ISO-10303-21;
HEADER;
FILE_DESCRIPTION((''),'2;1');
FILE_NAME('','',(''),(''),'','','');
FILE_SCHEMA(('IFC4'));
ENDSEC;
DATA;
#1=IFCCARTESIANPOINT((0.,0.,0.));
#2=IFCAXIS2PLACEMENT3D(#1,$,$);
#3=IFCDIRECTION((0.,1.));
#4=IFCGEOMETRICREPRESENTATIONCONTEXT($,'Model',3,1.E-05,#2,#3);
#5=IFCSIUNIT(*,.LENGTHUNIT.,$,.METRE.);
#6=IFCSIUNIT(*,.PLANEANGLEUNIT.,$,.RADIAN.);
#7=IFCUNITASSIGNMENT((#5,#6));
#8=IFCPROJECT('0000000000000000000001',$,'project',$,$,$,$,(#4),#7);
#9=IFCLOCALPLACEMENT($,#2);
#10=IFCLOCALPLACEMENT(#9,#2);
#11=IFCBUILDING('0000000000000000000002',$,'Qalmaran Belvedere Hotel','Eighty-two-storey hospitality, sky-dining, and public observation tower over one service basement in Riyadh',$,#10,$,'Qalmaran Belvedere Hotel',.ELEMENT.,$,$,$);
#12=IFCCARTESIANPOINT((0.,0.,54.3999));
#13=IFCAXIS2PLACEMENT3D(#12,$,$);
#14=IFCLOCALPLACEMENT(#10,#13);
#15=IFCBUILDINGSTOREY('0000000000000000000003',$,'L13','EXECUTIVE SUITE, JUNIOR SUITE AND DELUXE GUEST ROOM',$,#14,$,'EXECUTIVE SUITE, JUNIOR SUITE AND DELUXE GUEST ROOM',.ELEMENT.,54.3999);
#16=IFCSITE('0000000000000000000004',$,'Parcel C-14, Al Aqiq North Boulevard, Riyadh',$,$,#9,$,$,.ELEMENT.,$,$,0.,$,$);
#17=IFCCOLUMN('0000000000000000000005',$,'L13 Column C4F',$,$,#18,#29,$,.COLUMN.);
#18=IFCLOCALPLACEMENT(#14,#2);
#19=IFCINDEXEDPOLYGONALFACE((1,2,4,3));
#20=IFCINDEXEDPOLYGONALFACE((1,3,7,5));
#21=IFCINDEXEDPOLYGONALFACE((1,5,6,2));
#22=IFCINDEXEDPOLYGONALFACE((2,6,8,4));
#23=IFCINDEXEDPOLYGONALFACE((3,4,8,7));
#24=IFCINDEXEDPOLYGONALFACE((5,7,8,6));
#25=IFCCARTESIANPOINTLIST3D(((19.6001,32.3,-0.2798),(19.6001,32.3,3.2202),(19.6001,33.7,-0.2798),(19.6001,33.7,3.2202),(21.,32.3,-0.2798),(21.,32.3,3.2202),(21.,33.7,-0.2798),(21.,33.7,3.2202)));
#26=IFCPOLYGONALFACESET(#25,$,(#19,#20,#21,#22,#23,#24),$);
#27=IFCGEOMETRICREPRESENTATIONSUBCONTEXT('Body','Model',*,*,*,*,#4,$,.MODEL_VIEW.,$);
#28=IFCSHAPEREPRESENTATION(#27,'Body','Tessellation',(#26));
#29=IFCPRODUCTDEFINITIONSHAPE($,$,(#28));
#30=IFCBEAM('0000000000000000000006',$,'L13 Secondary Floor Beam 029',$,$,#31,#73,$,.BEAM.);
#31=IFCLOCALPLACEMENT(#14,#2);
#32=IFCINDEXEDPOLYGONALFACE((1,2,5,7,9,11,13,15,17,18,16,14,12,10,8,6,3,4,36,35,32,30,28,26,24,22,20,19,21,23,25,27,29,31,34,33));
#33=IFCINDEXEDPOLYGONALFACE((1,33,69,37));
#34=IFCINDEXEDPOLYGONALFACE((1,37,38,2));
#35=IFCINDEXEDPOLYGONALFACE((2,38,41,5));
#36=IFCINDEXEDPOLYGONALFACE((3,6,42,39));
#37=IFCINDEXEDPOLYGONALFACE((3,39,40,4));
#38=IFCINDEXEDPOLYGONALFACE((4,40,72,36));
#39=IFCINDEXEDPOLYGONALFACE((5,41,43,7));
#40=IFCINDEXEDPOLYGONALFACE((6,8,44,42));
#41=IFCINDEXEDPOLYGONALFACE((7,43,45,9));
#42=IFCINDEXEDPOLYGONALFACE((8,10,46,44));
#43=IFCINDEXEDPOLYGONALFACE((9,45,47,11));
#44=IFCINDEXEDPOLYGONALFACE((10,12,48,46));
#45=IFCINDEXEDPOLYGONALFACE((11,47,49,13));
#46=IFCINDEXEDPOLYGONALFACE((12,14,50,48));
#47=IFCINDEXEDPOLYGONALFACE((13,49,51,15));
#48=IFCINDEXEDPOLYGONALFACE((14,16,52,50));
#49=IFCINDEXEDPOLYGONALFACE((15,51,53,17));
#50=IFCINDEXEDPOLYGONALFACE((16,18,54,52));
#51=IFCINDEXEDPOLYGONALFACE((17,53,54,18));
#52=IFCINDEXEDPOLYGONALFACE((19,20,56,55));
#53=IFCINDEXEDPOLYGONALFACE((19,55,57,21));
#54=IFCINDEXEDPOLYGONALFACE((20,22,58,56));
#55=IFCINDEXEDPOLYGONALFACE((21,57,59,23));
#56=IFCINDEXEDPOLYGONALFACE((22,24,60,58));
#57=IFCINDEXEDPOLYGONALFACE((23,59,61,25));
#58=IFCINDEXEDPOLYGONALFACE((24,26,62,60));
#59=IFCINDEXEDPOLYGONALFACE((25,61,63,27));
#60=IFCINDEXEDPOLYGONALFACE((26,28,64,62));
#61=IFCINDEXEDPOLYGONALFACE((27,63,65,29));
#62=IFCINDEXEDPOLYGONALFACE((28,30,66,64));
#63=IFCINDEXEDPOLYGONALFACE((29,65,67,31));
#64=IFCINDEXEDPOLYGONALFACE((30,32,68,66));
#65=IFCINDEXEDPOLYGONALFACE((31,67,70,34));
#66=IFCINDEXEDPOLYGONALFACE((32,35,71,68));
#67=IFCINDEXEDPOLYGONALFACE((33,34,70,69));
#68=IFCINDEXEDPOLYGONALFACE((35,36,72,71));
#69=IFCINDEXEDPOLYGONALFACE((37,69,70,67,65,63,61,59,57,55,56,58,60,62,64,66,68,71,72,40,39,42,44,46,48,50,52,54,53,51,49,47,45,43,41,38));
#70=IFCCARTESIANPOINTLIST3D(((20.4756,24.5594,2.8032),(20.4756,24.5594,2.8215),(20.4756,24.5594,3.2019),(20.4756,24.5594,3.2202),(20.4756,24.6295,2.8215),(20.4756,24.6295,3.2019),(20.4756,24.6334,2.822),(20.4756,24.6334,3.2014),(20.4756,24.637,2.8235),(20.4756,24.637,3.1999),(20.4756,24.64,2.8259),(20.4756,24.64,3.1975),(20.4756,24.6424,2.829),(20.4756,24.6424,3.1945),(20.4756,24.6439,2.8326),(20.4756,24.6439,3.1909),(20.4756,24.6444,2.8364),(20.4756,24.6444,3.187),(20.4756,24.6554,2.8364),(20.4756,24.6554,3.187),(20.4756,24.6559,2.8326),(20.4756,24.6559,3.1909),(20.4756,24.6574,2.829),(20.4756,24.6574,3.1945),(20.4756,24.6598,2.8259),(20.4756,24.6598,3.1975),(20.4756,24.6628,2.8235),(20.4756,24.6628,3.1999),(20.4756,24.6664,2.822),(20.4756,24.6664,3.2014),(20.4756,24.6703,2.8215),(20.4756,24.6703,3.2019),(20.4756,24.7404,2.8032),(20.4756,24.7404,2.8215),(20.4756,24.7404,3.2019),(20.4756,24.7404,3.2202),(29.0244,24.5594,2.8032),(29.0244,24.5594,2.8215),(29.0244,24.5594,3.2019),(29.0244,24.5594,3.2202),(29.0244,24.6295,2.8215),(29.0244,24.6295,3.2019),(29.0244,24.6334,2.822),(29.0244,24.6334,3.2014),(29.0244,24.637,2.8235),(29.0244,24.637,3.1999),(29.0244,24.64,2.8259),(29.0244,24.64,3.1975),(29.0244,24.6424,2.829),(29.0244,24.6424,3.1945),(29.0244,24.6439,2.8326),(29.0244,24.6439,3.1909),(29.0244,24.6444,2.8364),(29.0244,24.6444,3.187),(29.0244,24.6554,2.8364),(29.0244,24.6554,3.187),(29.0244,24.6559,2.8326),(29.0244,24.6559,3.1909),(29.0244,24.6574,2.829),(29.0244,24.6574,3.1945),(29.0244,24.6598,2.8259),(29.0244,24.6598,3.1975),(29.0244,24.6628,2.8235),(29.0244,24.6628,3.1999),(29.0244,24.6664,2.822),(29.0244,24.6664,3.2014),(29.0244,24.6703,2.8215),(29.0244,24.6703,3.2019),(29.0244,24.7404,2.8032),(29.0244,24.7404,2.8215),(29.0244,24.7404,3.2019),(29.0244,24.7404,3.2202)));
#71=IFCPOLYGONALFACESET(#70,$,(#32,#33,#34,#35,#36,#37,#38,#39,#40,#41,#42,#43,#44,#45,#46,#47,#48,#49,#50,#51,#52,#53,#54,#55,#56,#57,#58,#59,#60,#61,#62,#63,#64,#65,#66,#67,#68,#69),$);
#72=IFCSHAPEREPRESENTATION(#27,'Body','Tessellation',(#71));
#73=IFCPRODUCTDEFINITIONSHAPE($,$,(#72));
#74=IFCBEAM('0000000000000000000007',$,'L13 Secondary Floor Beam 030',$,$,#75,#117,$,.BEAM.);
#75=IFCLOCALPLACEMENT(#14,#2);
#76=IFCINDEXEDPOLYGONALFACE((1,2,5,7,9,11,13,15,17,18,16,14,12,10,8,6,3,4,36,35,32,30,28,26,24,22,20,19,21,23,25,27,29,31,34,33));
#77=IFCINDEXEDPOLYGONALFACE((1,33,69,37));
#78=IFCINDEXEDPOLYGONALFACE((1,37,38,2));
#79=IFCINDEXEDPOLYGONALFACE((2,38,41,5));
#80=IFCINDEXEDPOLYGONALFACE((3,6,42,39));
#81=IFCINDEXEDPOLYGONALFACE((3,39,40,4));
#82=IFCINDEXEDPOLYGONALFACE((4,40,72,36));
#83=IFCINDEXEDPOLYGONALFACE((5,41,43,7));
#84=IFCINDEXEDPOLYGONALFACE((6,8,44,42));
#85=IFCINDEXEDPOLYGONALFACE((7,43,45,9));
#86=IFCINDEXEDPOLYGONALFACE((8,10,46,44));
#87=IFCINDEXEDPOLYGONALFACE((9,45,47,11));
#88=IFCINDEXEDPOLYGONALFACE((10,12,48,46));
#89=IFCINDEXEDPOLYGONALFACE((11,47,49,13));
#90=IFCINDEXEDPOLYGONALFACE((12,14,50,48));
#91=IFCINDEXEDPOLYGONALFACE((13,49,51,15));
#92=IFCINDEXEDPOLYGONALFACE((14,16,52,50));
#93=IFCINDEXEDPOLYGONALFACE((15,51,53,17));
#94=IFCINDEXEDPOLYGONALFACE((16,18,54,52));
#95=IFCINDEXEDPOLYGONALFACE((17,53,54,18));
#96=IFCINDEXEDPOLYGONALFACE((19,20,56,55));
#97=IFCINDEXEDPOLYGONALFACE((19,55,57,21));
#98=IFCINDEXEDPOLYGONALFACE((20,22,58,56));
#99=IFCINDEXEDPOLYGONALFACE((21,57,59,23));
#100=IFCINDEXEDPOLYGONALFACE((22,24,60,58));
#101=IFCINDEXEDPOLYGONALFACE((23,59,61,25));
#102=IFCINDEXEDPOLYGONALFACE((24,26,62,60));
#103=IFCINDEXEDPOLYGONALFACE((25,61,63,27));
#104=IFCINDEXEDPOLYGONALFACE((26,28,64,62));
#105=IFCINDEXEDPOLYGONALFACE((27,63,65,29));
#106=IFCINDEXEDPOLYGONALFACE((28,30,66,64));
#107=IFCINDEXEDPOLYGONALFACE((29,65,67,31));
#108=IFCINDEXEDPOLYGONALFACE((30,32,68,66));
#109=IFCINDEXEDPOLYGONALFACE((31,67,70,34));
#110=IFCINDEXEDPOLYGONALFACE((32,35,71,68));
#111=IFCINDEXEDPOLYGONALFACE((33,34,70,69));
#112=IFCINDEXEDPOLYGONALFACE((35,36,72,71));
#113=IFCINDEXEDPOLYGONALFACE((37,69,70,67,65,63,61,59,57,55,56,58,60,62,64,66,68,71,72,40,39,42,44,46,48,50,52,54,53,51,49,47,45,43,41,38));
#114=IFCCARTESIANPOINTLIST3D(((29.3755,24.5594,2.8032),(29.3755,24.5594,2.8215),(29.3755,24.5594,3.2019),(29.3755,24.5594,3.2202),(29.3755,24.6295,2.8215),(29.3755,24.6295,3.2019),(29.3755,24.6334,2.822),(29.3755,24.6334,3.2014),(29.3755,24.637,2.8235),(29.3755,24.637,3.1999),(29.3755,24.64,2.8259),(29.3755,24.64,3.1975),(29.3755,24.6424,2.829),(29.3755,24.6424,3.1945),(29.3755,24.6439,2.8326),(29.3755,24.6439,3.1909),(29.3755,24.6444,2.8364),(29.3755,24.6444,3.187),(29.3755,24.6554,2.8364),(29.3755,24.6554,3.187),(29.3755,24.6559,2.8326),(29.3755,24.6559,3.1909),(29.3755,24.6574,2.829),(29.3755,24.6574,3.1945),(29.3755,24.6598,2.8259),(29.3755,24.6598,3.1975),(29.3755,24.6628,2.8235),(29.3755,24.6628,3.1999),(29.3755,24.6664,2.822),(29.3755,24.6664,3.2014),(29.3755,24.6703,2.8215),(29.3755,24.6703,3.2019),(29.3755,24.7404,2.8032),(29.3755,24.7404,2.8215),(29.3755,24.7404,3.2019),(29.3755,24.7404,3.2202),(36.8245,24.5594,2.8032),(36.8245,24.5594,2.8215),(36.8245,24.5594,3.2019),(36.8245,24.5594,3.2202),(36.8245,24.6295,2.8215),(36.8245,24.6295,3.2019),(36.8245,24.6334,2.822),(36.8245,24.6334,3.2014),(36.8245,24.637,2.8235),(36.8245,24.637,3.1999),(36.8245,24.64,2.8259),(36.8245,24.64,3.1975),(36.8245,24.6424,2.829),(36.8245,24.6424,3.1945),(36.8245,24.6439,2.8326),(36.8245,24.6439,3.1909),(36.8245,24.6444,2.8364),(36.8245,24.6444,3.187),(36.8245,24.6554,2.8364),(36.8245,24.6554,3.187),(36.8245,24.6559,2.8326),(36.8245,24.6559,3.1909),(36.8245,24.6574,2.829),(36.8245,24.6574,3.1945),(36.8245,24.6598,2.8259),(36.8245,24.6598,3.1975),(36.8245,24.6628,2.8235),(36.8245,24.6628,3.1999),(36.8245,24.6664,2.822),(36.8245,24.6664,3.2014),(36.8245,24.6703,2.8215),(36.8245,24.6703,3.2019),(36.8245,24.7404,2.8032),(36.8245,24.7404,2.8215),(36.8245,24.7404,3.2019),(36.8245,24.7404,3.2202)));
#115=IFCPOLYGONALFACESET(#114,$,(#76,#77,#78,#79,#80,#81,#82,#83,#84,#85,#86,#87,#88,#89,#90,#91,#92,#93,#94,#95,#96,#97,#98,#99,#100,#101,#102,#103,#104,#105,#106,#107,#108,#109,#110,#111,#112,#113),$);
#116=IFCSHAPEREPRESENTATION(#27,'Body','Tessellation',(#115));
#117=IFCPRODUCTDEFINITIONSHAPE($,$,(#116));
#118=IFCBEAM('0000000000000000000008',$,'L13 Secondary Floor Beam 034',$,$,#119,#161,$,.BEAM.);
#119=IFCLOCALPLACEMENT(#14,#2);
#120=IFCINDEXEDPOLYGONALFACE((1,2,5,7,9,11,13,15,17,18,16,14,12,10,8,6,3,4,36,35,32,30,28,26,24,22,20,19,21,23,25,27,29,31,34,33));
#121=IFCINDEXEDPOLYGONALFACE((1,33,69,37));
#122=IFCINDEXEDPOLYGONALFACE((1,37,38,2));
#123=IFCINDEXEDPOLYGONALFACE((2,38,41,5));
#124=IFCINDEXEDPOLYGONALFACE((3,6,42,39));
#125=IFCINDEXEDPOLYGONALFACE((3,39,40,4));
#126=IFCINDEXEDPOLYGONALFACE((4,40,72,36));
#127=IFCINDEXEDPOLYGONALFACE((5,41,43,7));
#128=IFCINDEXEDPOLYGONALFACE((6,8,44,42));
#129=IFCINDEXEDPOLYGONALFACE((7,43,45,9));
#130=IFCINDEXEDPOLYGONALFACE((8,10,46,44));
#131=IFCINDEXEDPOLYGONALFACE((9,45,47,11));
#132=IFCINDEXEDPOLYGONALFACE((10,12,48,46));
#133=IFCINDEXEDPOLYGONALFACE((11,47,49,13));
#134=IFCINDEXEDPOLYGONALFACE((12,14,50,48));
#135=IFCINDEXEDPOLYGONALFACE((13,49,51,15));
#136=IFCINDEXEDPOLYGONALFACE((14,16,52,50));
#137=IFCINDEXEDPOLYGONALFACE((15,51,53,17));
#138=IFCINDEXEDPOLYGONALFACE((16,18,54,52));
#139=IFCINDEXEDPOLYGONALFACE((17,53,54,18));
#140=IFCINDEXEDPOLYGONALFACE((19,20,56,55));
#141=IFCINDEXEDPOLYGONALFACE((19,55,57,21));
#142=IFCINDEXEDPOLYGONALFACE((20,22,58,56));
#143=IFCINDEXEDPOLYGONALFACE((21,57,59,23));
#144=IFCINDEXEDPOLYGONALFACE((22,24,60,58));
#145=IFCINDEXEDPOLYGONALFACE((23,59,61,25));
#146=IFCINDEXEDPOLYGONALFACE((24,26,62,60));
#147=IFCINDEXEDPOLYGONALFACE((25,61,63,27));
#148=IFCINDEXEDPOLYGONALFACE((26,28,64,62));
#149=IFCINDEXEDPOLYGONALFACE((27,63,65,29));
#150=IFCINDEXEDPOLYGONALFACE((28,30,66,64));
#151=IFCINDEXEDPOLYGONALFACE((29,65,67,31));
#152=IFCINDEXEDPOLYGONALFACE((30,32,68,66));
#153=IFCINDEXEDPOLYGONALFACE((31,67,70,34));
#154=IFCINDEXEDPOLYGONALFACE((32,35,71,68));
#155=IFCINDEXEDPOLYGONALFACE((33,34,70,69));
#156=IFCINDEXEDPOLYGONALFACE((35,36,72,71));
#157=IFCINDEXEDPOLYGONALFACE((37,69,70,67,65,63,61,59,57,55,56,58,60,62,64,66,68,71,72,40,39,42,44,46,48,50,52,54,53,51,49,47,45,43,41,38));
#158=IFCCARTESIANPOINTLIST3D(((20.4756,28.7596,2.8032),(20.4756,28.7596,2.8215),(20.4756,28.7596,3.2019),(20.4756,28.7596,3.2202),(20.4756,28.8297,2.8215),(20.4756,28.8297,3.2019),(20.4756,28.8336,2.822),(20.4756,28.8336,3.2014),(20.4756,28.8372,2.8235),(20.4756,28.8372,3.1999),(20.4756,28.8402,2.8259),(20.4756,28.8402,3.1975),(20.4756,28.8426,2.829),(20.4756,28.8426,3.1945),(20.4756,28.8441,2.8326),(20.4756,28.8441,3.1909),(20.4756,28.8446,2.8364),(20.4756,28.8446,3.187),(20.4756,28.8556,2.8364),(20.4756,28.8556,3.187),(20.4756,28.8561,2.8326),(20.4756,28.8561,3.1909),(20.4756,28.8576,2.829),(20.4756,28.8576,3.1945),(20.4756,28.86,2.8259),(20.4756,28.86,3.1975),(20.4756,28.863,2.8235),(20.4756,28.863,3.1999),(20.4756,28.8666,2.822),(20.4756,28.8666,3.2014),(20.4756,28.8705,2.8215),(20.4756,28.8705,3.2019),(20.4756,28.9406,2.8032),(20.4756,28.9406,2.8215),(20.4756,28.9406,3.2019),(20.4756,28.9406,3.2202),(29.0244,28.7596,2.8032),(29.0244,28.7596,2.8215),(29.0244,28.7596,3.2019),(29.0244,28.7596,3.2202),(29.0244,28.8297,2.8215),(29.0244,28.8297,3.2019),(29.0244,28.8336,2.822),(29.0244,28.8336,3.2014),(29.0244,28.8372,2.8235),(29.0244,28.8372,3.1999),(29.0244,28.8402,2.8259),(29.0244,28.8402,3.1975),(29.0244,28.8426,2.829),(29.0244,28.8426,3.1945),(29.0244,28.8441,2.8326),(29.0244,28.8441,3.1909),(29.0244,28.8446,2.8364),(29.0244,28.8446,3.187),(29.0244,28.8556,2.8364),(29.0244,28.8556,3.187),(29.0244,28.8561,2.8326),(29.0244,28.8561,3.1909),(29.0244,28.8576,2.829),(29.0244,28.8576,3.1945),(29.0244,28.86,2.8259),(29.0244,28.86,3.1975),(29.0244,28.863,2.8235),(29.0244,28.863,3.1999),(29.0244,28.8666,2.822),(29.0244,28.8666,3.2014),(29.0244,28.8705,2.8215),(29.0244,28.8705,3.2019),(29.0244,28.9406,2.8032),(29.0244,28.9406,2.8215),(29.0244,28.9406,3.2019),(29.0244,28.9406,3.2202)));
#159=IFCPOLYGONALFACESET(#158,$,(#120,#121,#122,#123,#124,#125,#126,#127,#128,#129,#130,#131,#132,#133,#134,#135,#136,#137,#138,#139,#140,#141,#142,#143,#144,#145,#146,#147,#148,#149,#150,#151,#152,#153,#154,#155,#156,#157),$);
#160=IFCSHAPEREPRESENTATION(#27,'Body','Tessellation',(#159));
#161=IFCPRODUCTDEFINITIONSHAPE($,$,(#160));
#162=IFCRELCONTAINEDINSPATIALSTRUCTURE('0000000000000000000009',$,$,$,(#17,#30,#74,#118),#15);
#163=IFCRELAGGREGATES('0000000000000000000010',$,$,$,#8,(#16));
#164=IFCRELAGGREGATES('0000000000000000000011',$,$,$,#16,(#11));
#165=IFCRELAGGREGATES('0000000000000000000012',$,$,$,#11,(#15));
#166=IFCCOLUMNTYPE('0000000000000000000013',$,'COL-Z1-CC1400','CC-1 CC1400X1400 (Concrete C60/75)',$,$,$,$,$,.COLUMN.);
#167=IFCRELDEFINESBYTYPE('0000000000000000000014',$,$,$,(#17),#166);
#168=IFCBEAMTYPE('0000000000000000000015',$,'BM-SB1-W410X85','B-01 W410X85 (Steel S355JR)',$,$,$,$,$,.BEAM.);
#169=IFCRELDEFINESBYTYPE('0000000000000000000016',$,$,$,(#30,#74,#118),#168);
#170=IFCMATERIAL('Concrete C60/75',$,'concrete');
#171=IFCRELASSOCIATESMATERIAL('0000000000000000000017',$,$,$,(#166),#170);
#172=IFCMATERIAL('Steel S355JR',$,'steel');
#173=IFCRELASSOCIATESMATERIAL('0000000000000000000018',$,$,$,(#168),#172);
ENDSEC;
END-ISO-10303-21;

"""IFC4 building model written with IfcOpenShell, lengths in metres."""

from ifc_helpers import new_model, si_unit, direction, frame, origin, origin_2d, place, context, subcontext, project, spatial, rectangle, i_section, extrude, material, material_profile, profile_set, type_object, element, save


model = new_model("IFC4")

# Units and contexts
model_context = context("Model", 3, precision=1e-05, world=origin(), true_north=direction((0.0, 1.0)))
body_context = subcontext(model_context, "Body", "Model", "MODEL_VIEW")
ifc_project = project(units=[si_unit("LENGTHUNIT", "METRE"), si_unit("PLANEANGLEUNIT", "RADIAN")], contexts=[model_context])

# Site, building, storey
site_placement = place(None, origin())
site = spatial("IfcSite", under=ifc_project, at=site_placement, Name="Parcel C-14, Al Aqiq North Boulevard, Riyadh", CompositionType="ELEMENT", RefElevation=0.0)
building_placement = place(site_placement, origin())
building = spatial("IfcBuilding", under=site, at=building_placement, Name="Qalmaran Belvedere Hotel", Description="Eighty-two-storey hospitality, sky-dining, and public observation tower over one service basement in Riyadh", LongName="Qalmaran Belvedere Hotel", CompositionType="ELEMENT")
storey_placement = place(building_placement, frame((0.0, 0.0, 54.3999)))
storey = spatial("IfcBuildingStorey", under=building, at=storey_placement, Name="L13", Description="EXECUTIVE SUITE, JUNIOR SUITE AND DELUXE GUEST ROOM", LongName="EXECUTIVE SUITE, JUNIOR SUITE AND DELUXE GUEST ROOM", CompositionType="ELEMENT", Elevation=54.3999)

# Column
ifc_material_1 = material(Name="Concrete C60/75", Category="concrete")
ifc_material_profile_1 = material_profile(ifc_material_1, rectangle(XDim=1.3999, YDim=1.3999, at=origin_2d()), Name="CC1400X1400")
ifc_profile_set_1 = profile_set([ifc_material_profile_1], Name="Concrete C60/75")
column_type = type_object("IfcColumnType", Name="COL-Z1-CC1400", Description="CC-1 CC1400X1400 (Concrete C60/75)", PredefinedType="COLUMN", material=ifc_profile_set_1)
column_placement = place(storey_placement, frame((20.3, 33.0, -0.2798), z_axis=(0.0, 0.0, 1.0), x_axis=(1.0, 0.0, 0.0)))
element("IfcColumn", 1, at=column_placement, inside=storey, type_object=column_type, Name="L13 Column C4F", PredefinedType="COLUMN", context=body_context, shape_type="SweptSolid", body=[
    extrude(rectangle(XDim=1.3999, YDim=1.3999, at=origin_2d()), origin(), (0.0, 0.0, 1.0), 3.5),
])

# Beams
ifc_material_2 = material(Name="Steel S355JR", Category="steel")
ifc_material_profile_2 = material_profile(ifc_material_2, i_section(OverallWidth=0.1809, OverallDepth=0.417, WebThickness=0.011, FlangeThickness=0.0183, FilletRadius=0.0149, at=origin_2d()), Name="W410X85")
ifc_profile_set_2 = profile_set([ifc_material_profile_2], Name="Steel S355JR")
beam_type_1 = type_object("IfcBeamType", Name="BM-SB1-W410X85", Description="B-01 W410X85 (Steel S355JR)", PredefinedType="BEAM", material=ifc_profile_set_2)
beam_1_placement = place(storey_placement, frame((20.4756, 24.6499, 3.0117), z_axis=(1.0, 0.0, 0.0), x_axis=(0.0, 1.0, 0.0)))
element("IfcBeam", 2, at=beam_1_placement, inside=storey, type_object=beam_type_1, Name="L13 Secondary Floor Beam 029", PredefinedType="BEAM", context=body_context, shape_type="SweptSolid", body=[
    extrude(i_section(OverallWidth=0.1809, OverallDepth=0.417, WebThickness=0.011, FlangeThickness=0.0183, FilletRadius=0.0149, at=origin_2d()), origin(), (0.0, 0.0, 1.0), 8.5488),
])
beam_2_placement = place(storey_placement, frame((29.3755, 24.6499, 3.0117), z_axis=(1.0, 0.0, 0.0), x_axis=(0.0, 1.0, 0.0)))
element("IfcBeam", 3, at=beam_2_placement, inside=storey, type_object=beam_type_1, Name="L13 Secondary Floor Beam 030", PredefinedType="BEAM", context=body_context, shape_type="SweptSolid", body=[
    extrude(i_section(OverallWidth=0.1809, OverallDepth=0.417, WebThickness=0.011, FlangeThickness=0.0183, FilletRadius=0.0149, at=origin_2d()), origin(), (0.0, 0.0, 1.0), 7.449),
])
beam_3_placement = place(storey_placement, frame((20.4756, 28.8501, 3.0117), z_axis=(1.0, 0.0, 0.0), x_axis=(0.0, 1.0, 0.0)))
element("IfcBeam", 4, at=beam_3_placement, inside=storey, type_object=beam_type_1, Name="L13 Secondary Floor Beam 034", PredefinedType="BEAM", context=body_context, shape_type="SweptSolid", body=[
    extrude(i_section(OverallWidth=0.1809, OverallDepth=0.417, WebThickness=0.011, FlangeThickness=0.0183, FilletRadius=0.0149, at=origin_2d()), origin(), (0.0, 0.0, 1.0), 8.5488),
])

save(model, "model.ifc")
